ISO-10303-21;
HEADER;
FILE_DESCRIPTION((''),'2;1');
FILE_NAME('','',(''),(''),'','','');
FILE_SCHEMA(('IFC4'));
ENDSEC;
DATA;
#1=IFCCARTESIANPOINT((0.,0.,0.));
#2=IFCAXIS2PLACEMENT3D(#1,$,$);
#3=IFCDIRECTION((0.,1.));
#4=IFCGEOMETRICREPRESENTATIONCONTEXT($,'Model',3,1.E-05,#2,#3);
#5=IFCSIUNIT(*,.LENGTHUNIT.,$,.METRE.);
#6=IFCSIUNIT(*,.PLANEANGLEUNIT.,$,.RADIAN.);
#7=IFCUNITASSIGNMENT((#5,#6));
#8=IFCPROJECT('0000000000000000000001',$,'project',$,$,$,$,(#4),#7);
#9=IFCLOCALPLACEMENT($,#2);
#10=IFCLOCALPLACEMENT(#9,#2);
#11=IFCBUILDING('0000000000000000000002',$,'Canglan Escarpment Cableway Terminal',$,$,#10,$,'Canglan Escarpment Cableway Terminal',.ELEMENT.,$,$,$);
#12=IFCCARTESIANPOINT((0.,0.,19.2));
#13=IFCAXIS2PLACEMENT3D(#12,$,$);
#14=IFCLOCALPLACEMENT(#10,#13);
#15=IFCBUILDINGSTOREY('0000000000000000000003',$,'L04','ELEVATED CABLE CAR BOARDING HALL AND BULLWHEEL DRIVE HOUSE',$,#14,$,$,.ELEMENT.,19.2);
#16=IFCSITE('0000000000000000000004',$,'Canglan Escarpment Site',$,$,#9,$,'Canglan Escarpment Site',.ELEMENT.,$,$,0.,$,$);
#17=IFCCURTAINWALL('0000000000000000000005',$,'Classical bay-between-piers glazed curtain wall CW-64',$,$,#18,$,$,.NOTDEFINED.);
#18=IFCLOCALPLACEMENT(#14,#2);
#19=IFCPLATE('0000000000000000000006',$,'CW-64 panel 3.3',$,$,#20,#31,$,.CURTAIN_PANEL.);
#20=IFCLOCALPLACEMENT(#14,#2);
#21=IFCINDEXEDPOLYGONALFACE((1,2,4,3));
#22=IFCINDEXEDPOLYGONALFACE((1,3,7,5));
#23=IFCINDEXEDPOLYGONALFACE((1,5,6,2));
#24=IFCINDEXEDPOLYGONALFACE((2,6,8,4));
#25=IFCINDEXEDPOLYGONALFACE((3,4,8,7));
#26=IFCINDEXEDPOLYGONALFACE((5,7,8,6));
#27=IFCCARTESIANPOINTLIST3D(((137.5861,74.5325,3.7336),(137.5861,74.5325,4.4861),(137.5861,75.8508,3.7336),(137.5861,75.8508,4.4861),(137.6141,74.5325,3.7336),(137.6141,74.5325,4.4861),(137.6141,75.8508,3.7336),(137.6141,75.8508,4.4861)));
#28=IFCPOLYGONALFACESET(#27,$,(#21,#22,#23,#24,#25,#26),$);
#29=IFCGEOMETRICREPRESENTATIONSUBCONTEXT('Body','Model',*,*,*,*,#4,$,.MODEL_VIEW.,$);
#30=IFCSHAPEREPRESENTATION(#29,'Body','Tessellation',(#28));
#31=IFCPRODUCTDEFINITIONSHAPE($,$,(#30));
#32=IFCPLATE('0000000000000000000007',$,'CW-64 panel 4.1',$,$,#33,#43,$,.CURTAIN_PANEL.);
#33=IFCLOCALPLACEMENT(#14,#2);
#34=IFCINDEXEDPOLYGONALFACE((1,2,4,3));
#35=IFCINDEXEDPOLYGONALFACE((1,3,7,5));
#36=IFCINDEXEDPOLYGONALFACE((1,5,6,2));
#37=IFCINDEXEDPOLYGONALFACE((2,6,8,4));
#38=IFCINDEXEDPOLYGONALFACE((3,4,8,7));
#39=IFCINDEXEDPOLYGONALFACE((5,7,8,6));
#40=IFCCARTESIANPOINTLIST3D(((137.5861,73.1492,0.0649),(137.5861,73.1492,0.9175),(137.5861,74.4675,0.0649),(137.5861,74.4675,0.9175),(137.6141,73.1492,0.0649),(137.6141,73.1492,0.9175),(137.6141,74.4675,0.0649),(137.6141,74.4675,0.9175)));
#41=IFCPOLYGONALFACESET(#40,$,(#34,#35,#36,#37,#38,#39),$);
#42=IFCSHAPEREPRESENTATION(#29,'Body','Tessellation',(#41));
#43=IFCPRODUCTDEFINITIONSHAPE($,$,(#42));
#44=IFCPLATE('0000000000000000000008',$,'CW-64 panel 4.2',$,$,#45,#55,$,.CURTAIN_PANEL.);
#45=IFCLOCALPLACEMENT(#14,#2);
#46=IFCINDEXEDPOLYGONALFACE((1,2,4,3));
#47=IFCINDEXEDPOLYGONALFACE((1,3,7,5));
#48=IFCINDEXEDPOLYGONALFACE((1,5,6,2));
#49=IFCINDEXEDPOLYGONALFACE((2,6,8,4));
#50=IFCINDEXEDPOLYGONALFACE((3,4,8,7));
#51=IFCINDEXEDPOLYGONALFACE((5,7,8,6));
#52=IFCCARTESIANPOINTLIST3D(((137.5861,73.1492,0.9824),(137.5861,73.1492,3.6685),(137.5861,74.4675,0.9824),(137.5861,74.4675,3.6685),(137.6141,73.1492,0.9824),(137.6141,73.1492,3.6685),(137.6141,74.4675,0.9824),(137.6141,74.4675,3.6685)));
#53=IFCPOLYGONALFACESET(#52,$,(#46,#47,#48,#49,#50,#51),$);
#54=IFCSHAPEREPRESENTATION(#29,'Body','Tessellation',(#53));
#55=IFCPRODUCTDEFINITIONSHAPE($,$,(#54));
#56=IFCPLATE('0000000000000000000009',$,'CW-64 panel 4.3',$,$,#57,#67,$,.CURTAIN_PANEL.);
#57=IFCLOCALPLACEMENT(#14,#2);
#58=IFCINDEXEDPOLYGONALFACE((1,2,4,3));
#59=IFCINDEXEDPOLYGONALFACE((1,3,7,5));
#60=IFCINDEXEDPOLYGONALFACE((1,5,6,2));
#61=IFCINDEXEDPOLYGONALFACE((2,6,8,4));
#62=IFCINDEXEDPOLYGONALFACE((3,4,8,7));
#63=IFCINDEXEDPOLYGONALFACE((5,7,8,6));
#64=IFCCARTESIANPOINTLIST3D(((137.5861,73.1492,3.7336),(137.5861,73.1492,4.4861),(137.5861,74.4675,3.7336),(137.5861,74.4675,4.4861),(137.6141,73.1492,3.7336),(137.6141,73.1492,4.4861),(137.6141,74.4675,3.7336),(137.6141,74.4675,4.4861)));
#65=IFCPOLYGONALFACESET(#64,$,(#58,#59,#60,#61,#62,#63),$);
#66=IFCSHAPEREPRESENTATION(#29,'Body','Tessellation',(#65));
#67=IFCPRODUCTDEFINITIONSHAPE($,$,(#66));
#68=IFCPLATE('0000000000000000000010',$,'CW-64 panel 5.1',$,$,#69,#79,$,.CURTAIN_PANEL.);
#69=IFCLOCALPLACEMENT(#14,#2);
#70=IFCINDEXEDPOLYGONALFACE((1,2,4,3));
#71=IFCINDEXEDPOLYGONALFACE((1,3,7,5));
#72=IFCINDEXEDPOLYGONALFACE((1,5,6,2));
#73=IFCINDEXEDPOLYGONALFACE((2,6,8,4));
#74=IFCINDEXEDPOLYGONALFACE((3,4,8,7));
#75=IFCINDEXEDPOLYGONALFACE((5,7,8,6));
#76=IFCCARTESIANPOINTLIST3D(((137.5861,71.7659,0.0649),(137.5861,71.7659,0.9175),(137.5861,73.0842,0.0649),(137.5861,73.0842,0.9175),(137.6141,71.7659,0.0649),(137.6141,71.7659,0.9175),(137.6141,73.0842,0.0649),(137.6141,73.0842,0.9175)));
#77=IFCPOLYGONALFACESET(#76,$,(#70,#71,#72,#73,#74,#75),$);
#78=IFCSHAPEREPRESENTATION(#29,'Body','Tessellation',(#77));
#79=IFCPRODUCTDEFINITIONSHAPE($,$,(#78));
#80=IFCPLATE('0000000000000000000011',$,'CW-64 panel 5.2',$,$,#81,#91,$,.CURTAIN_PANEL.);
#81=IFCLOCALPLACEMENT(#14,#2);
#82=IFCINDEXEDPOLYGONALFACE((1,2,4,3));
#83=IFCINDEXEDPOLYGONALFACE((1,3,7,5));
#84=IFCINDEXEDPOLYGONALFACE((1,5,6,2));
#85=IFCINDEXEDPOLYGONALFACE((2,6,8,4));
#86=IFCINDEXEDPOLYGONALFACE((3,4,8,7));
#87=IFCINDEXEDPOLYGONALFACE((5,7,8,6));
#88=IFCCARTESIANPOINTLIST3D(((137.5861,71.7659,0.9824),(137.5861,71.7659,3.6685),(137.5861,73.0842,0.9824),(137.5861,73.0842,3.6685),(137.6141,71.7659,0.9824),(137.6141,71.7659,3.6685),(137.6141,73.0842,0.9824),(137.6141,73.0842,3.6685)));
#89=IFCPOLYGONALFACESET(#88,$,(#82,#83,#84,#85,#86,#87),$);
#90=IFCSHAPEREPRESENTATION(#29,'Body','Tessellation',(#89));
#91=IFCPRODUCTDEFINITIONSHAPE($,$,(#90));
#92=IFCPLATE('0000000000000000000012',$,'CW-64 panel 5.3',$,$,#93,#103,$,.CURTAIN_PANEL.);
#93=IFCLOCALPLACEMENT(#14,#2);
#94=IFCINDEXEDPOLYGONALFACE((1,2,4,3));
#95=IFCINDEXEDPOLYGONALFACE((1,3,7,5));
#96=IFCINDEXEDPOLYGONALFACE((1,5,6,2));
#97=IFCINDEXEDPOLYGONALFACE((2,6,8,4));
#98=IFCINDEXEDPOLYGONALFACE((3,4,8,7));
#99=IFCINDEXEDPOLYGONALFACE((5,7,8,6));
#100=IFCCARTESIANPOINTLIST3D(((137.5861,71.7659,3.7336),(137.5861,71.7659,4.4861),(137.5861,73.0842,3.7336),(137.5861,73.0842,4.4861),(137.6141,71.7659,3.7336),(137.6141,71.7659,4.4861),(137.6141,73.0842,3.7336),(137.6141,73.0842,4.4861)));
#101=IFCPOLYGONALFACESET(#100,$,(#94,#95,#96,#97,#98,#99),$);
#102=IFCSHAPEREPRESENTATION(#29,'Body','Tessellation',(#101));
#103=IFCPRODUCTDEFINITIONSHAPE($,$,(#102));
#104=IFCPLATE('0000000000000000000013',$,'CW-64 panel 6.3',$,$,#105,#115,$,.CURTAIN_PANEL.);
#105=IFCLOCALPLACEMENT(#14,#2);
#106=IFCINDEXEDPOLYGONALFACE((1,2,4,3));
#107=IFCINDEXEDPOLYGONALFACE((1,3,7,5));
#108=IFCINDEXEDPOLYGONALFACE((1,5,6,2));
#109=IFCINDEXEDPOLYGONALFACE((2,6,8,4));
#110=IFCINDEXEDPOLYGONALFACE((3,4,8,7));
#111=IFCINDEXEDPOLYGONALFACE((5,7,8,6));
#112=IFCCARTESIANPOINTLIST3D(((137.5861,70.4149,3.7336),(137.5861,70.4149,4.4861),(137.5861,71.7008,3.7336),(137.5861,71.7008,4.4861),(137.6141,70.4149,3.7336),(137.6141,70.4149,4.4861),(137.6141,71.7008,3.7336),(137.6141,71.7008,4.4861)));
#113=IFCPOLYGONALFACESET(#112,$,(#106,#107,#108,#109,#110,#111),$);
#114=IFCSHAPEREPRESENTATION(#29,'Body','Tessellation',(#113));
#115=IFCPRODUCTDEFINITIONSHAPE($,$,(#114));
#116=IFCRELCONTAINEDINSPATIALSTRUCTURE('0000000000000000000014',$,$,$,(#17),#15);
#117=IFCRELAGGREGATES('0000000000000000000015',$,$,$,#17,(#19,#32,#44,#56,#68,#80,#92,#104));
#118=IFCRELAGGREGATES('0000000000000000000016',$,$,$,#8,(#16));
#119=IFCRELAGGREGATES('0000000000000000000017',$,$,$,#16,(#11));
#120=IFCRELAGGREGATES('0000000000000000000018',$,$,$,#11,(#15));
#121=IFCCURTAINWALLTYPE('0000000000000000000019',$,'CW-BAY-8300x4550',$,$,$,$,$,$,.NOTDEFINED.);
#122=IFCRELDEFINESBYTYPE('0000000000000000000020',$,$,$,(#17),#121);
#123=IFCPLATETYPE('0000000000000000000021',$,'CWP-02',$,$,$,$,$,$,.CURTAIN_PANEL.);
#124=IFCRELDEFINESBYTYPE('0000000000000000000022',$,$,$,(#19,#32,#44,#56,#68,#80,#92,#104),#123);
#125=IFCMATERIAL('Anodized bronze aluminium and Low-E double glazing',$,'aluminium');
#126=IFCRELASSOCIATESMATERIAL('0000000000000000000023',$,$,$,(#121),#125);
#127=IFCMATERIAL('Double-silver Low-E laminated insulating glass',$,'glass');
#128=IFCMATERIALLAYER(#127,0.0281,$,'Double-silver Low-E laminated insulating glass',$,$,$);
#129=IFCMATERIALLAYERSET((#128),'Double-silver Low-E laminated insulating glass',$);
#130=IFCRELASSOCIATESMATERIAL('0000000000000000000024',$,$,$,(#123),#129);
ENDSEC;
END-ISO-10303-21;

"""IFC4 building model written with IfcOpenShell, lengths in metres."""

from ifc_helpers import new_model, si_unit, direction, frame, origin, origin_2d, place, context, subcontext, project, spatial, rectangle, extrude, material, layer, layer_set, type_object, element, aggregate, save


model = new_model("IFC4")

# Units and contexts
model_context = context("Model", 3, precision=1e-05, world=origin(), true_north=direction((0.0, 1.0)))
body_context = subcontext(model_context, "Body", "Model", "MODEL_VIEW")
ifc_project = project(units=[si_unit("LENGTHUNIT", "METRE"), si_unit("PLANEANGLEUNIT", "RADIAN")], contexts=[model_context])

# Site, building, storey
site_placement = place(None, origin())
site = spatial("IfcSite", under=ifc_project, at=site_placement, Name="Canglan Escarpment Site", LongName="Canglan Escarpment Site", CompositionType="ELEMENT", RefElevation=0.0)
building_placement = place(site_placement, origin())
building = spatial("IfcBuilding", under=site, at=building_placement, Name="Canglan Escarpment Cableway Terminal", LongName="Canglan Escarpment Cableway Terminal", CompositionType="ELEMENT")
storey_placement = place(building_placement, frame((0.0, 0.0, 19.2)))
storey = spatial("IfcBuildingStorey", under=building, at=storey_placement, Name="L04", Description="ELEVATED CABLE CAR BOARDING HALL AND BULLWHEEL DRIVE HOUSE", CompositionType="ELEMENT", Elevation=19.2)

# Curtain wall, plates
ifc_material_1 = material(Name="Anodized bronze aluminium and Low-E double glazing", Category="aluminium")
curtain_wall_type = type_object("IfcCurtainWallType", Name="CW-BAY-8300x4550", PredefinedType="NOTDEFINED", material=ifc_material_1)
curtain_wall_placement = place(storey_placement, origin())
curtain_wall = element("IfcCurtainWall", 1, at=curtain_wall_placement, inside=storey, type_object=curtain_wall_type, Name="Classical bay-between-piers glazed curtain wall CW-64", PredefinedType="NOTDEFINED")
ifc_material_2 = material(Name="Double-silver Low-E laminated insulating glass", Category="glass")
ifc_layer = layer(ifc_material_2, 0.0281, Name="Double-silver Low-E laminated insulating glass")
ifc_layer_set = layer_set([ifc_layer], Name="Double-silver Low-E laminated insulating glass")
plate_type = type_object("IfcPlateType", Name="CWP-02", PredefinedType="CURTAIN_PANEL", material=ifc_layer_set)
plate_1_placement = place(storey_placement, frame((137.6001, 75.1917, 3.7336), z_axis=(0.0, 0.0, 1.0), x_axis=(0.0, -1.0, 0.0)))
plate_1 = element("IfcPlate", 2, at=plate_1_placement, type_object=plate_type, Name="CW-64 panel 3.3", PredefinedType="CURTAIN_PANEL", context=body_context, shape_type="SweptSolid", body=[
    extrude(rectangle(XDim=1.3184, YDim=0.0281, at=origin_2d()), origin(), (0.0, 0.0, 1.0), 0.7524),
])
plate_2_placement = place(storey_placement, frame((137.6001, 73.8083, 0.0649), z_axis=(0.0, 0.0, 1.0), x_axis=(0.0, -1.0, 0.0)))
plate_2 = element("IfcPlate", 3, at=plate_2_placement, type_object=plate_type, Name="CW-64 panel 4.1", PredefinedType="CURTAIN_PANEL", context=body_context, shape_type="SweptSolid", body=[
    extrude(rectangle(XDim=1.3184, YDim=0.0281, at=origin_2d()), origin(), (0.0, 0.0, 1.0), 0.8525),
])
plate_3_placement = place(storey_placement, frame((137.6001, 73.8083, 0.9824), z_axis=(0.0, 0.0, 1.0), x_axis=(0.0, -1.0, 0.0)))
plate_3 = element("IfcPlate", 4, at=plate_3_placement, type_object=plate_type, Name="CW-64 panel 4.2", PredefinedType="CURTAIN_PANEL", context=body_context, shape_type="SweptSolid", body=[
    extrude(rectangle(XDim=1.3184, YDim=0.0281, at=origin_2d()), origin(), (0.0, 0.0, 1.0), 2.686),
])
plate_4_placement = place(storey_placement, frame((137.6001, 73.8083, 3.7336), z_axis=(0.0, 0.0, 1.0), x_axis=(0.0, -1.0, 0.0)))
plate_4 = element("IfcPlate", 5, at=plate_4_placement, type_object=plate_type, Name="CW-64 panel 4.3", PredefinedType="CURTAIN_PANEL", context=body_context, shape_type="SweptSolid", body=[
    extrude(rectangle(XDim=1.3184, YDim=0.0281, at=origin_2d()), origin(), (0.0, 0.0, 1.0), 0.7524),
])
plate_5_placement = place(storey_placement, frame((137.6001, 72.425, 0.0649), z_axis=(0.0, 0.0, 1.0), x_axis=(0.0, -1.0, 0.0)))
plate_5 = element("IfcPlate", 6, at=plate_5_placement, type_object=plate_type, Name="CW-64 panel 5.1", PredefinedType="CURTAIN_PANEL", context=body_context, shape_type="SweptSolid", body=[
    extrude(rectangle(XDim=1.3184, YDim=0.0281, at=origin_2d()), origin(), (0.0, 0.0, 1.0), 0.8525),
])
plate_6_placement = place(storey_placement, frame((137.6001, 72.425, 0.9824), z_axis=(0.0, 0.0, 1.0), x_axis=(0.0, -1.0, 0.0)))
plate_6 = element("IfcPlate", 7, at=plate_6_placement, type_object=plate_type, Name="CW-64 panel 5.2", PredefinedType="CURTAIN_PANEL", context=body_context, shape_type="SweptSolid", body=[
    extrude(rectangle(XDim=1.3184, YDim=0.0281, at=origin_2d()), origin(), (0.0, 0.0, 1.0), 2.686),
])
plate_7_placement = place(storey_placement, frame((137.6001, 72.425, 3.7336), z_axis=(0.0, 0.0, 1.0), x_axis=(0.0, -1.0, 0.0)))
plate_7 = element("IfcPlate", 8, at=plate_7_placement, type_object=plate_type, Name="CW-64 panel 5.3", PredefinedType="CURTAIN_PANEL", context=body_context, shape_type="SweptSolid", body=[
    extrude(rectangle(XDim=1.3184, YDim=0.0281, at=origin_2d()), origin(), (0.0, 0.0, 1.0), 0.7524),
])
plate_8_placement = place(storey_placement, frame((137.6001, 71.0579, 3.7336), z_axis=(0.0, 0.0, 1.0), x_axis=(0.0, -1.0, 0.0)))
plate_8 = element("IfcPlate", 9, at=plate_8_placement, type_object=plate_type, Name="CW-64 panel 6.3", PredefinedType="CURTAIN_PANEL", context=body_context, shape_type="SweptSolid", body=[
    extrude(rectangle(XDim=1.2859, YDim=0.0281, at=origin_2d()), origin(), (0.0, 0.0, 1.0), 0.7524),
])
aggregate(curtain_wall, [plate_1, plate_2, plate_3, plate_4, plate_5, plate_6, plate_7, plate_8])

save(model, "model.ifc")
